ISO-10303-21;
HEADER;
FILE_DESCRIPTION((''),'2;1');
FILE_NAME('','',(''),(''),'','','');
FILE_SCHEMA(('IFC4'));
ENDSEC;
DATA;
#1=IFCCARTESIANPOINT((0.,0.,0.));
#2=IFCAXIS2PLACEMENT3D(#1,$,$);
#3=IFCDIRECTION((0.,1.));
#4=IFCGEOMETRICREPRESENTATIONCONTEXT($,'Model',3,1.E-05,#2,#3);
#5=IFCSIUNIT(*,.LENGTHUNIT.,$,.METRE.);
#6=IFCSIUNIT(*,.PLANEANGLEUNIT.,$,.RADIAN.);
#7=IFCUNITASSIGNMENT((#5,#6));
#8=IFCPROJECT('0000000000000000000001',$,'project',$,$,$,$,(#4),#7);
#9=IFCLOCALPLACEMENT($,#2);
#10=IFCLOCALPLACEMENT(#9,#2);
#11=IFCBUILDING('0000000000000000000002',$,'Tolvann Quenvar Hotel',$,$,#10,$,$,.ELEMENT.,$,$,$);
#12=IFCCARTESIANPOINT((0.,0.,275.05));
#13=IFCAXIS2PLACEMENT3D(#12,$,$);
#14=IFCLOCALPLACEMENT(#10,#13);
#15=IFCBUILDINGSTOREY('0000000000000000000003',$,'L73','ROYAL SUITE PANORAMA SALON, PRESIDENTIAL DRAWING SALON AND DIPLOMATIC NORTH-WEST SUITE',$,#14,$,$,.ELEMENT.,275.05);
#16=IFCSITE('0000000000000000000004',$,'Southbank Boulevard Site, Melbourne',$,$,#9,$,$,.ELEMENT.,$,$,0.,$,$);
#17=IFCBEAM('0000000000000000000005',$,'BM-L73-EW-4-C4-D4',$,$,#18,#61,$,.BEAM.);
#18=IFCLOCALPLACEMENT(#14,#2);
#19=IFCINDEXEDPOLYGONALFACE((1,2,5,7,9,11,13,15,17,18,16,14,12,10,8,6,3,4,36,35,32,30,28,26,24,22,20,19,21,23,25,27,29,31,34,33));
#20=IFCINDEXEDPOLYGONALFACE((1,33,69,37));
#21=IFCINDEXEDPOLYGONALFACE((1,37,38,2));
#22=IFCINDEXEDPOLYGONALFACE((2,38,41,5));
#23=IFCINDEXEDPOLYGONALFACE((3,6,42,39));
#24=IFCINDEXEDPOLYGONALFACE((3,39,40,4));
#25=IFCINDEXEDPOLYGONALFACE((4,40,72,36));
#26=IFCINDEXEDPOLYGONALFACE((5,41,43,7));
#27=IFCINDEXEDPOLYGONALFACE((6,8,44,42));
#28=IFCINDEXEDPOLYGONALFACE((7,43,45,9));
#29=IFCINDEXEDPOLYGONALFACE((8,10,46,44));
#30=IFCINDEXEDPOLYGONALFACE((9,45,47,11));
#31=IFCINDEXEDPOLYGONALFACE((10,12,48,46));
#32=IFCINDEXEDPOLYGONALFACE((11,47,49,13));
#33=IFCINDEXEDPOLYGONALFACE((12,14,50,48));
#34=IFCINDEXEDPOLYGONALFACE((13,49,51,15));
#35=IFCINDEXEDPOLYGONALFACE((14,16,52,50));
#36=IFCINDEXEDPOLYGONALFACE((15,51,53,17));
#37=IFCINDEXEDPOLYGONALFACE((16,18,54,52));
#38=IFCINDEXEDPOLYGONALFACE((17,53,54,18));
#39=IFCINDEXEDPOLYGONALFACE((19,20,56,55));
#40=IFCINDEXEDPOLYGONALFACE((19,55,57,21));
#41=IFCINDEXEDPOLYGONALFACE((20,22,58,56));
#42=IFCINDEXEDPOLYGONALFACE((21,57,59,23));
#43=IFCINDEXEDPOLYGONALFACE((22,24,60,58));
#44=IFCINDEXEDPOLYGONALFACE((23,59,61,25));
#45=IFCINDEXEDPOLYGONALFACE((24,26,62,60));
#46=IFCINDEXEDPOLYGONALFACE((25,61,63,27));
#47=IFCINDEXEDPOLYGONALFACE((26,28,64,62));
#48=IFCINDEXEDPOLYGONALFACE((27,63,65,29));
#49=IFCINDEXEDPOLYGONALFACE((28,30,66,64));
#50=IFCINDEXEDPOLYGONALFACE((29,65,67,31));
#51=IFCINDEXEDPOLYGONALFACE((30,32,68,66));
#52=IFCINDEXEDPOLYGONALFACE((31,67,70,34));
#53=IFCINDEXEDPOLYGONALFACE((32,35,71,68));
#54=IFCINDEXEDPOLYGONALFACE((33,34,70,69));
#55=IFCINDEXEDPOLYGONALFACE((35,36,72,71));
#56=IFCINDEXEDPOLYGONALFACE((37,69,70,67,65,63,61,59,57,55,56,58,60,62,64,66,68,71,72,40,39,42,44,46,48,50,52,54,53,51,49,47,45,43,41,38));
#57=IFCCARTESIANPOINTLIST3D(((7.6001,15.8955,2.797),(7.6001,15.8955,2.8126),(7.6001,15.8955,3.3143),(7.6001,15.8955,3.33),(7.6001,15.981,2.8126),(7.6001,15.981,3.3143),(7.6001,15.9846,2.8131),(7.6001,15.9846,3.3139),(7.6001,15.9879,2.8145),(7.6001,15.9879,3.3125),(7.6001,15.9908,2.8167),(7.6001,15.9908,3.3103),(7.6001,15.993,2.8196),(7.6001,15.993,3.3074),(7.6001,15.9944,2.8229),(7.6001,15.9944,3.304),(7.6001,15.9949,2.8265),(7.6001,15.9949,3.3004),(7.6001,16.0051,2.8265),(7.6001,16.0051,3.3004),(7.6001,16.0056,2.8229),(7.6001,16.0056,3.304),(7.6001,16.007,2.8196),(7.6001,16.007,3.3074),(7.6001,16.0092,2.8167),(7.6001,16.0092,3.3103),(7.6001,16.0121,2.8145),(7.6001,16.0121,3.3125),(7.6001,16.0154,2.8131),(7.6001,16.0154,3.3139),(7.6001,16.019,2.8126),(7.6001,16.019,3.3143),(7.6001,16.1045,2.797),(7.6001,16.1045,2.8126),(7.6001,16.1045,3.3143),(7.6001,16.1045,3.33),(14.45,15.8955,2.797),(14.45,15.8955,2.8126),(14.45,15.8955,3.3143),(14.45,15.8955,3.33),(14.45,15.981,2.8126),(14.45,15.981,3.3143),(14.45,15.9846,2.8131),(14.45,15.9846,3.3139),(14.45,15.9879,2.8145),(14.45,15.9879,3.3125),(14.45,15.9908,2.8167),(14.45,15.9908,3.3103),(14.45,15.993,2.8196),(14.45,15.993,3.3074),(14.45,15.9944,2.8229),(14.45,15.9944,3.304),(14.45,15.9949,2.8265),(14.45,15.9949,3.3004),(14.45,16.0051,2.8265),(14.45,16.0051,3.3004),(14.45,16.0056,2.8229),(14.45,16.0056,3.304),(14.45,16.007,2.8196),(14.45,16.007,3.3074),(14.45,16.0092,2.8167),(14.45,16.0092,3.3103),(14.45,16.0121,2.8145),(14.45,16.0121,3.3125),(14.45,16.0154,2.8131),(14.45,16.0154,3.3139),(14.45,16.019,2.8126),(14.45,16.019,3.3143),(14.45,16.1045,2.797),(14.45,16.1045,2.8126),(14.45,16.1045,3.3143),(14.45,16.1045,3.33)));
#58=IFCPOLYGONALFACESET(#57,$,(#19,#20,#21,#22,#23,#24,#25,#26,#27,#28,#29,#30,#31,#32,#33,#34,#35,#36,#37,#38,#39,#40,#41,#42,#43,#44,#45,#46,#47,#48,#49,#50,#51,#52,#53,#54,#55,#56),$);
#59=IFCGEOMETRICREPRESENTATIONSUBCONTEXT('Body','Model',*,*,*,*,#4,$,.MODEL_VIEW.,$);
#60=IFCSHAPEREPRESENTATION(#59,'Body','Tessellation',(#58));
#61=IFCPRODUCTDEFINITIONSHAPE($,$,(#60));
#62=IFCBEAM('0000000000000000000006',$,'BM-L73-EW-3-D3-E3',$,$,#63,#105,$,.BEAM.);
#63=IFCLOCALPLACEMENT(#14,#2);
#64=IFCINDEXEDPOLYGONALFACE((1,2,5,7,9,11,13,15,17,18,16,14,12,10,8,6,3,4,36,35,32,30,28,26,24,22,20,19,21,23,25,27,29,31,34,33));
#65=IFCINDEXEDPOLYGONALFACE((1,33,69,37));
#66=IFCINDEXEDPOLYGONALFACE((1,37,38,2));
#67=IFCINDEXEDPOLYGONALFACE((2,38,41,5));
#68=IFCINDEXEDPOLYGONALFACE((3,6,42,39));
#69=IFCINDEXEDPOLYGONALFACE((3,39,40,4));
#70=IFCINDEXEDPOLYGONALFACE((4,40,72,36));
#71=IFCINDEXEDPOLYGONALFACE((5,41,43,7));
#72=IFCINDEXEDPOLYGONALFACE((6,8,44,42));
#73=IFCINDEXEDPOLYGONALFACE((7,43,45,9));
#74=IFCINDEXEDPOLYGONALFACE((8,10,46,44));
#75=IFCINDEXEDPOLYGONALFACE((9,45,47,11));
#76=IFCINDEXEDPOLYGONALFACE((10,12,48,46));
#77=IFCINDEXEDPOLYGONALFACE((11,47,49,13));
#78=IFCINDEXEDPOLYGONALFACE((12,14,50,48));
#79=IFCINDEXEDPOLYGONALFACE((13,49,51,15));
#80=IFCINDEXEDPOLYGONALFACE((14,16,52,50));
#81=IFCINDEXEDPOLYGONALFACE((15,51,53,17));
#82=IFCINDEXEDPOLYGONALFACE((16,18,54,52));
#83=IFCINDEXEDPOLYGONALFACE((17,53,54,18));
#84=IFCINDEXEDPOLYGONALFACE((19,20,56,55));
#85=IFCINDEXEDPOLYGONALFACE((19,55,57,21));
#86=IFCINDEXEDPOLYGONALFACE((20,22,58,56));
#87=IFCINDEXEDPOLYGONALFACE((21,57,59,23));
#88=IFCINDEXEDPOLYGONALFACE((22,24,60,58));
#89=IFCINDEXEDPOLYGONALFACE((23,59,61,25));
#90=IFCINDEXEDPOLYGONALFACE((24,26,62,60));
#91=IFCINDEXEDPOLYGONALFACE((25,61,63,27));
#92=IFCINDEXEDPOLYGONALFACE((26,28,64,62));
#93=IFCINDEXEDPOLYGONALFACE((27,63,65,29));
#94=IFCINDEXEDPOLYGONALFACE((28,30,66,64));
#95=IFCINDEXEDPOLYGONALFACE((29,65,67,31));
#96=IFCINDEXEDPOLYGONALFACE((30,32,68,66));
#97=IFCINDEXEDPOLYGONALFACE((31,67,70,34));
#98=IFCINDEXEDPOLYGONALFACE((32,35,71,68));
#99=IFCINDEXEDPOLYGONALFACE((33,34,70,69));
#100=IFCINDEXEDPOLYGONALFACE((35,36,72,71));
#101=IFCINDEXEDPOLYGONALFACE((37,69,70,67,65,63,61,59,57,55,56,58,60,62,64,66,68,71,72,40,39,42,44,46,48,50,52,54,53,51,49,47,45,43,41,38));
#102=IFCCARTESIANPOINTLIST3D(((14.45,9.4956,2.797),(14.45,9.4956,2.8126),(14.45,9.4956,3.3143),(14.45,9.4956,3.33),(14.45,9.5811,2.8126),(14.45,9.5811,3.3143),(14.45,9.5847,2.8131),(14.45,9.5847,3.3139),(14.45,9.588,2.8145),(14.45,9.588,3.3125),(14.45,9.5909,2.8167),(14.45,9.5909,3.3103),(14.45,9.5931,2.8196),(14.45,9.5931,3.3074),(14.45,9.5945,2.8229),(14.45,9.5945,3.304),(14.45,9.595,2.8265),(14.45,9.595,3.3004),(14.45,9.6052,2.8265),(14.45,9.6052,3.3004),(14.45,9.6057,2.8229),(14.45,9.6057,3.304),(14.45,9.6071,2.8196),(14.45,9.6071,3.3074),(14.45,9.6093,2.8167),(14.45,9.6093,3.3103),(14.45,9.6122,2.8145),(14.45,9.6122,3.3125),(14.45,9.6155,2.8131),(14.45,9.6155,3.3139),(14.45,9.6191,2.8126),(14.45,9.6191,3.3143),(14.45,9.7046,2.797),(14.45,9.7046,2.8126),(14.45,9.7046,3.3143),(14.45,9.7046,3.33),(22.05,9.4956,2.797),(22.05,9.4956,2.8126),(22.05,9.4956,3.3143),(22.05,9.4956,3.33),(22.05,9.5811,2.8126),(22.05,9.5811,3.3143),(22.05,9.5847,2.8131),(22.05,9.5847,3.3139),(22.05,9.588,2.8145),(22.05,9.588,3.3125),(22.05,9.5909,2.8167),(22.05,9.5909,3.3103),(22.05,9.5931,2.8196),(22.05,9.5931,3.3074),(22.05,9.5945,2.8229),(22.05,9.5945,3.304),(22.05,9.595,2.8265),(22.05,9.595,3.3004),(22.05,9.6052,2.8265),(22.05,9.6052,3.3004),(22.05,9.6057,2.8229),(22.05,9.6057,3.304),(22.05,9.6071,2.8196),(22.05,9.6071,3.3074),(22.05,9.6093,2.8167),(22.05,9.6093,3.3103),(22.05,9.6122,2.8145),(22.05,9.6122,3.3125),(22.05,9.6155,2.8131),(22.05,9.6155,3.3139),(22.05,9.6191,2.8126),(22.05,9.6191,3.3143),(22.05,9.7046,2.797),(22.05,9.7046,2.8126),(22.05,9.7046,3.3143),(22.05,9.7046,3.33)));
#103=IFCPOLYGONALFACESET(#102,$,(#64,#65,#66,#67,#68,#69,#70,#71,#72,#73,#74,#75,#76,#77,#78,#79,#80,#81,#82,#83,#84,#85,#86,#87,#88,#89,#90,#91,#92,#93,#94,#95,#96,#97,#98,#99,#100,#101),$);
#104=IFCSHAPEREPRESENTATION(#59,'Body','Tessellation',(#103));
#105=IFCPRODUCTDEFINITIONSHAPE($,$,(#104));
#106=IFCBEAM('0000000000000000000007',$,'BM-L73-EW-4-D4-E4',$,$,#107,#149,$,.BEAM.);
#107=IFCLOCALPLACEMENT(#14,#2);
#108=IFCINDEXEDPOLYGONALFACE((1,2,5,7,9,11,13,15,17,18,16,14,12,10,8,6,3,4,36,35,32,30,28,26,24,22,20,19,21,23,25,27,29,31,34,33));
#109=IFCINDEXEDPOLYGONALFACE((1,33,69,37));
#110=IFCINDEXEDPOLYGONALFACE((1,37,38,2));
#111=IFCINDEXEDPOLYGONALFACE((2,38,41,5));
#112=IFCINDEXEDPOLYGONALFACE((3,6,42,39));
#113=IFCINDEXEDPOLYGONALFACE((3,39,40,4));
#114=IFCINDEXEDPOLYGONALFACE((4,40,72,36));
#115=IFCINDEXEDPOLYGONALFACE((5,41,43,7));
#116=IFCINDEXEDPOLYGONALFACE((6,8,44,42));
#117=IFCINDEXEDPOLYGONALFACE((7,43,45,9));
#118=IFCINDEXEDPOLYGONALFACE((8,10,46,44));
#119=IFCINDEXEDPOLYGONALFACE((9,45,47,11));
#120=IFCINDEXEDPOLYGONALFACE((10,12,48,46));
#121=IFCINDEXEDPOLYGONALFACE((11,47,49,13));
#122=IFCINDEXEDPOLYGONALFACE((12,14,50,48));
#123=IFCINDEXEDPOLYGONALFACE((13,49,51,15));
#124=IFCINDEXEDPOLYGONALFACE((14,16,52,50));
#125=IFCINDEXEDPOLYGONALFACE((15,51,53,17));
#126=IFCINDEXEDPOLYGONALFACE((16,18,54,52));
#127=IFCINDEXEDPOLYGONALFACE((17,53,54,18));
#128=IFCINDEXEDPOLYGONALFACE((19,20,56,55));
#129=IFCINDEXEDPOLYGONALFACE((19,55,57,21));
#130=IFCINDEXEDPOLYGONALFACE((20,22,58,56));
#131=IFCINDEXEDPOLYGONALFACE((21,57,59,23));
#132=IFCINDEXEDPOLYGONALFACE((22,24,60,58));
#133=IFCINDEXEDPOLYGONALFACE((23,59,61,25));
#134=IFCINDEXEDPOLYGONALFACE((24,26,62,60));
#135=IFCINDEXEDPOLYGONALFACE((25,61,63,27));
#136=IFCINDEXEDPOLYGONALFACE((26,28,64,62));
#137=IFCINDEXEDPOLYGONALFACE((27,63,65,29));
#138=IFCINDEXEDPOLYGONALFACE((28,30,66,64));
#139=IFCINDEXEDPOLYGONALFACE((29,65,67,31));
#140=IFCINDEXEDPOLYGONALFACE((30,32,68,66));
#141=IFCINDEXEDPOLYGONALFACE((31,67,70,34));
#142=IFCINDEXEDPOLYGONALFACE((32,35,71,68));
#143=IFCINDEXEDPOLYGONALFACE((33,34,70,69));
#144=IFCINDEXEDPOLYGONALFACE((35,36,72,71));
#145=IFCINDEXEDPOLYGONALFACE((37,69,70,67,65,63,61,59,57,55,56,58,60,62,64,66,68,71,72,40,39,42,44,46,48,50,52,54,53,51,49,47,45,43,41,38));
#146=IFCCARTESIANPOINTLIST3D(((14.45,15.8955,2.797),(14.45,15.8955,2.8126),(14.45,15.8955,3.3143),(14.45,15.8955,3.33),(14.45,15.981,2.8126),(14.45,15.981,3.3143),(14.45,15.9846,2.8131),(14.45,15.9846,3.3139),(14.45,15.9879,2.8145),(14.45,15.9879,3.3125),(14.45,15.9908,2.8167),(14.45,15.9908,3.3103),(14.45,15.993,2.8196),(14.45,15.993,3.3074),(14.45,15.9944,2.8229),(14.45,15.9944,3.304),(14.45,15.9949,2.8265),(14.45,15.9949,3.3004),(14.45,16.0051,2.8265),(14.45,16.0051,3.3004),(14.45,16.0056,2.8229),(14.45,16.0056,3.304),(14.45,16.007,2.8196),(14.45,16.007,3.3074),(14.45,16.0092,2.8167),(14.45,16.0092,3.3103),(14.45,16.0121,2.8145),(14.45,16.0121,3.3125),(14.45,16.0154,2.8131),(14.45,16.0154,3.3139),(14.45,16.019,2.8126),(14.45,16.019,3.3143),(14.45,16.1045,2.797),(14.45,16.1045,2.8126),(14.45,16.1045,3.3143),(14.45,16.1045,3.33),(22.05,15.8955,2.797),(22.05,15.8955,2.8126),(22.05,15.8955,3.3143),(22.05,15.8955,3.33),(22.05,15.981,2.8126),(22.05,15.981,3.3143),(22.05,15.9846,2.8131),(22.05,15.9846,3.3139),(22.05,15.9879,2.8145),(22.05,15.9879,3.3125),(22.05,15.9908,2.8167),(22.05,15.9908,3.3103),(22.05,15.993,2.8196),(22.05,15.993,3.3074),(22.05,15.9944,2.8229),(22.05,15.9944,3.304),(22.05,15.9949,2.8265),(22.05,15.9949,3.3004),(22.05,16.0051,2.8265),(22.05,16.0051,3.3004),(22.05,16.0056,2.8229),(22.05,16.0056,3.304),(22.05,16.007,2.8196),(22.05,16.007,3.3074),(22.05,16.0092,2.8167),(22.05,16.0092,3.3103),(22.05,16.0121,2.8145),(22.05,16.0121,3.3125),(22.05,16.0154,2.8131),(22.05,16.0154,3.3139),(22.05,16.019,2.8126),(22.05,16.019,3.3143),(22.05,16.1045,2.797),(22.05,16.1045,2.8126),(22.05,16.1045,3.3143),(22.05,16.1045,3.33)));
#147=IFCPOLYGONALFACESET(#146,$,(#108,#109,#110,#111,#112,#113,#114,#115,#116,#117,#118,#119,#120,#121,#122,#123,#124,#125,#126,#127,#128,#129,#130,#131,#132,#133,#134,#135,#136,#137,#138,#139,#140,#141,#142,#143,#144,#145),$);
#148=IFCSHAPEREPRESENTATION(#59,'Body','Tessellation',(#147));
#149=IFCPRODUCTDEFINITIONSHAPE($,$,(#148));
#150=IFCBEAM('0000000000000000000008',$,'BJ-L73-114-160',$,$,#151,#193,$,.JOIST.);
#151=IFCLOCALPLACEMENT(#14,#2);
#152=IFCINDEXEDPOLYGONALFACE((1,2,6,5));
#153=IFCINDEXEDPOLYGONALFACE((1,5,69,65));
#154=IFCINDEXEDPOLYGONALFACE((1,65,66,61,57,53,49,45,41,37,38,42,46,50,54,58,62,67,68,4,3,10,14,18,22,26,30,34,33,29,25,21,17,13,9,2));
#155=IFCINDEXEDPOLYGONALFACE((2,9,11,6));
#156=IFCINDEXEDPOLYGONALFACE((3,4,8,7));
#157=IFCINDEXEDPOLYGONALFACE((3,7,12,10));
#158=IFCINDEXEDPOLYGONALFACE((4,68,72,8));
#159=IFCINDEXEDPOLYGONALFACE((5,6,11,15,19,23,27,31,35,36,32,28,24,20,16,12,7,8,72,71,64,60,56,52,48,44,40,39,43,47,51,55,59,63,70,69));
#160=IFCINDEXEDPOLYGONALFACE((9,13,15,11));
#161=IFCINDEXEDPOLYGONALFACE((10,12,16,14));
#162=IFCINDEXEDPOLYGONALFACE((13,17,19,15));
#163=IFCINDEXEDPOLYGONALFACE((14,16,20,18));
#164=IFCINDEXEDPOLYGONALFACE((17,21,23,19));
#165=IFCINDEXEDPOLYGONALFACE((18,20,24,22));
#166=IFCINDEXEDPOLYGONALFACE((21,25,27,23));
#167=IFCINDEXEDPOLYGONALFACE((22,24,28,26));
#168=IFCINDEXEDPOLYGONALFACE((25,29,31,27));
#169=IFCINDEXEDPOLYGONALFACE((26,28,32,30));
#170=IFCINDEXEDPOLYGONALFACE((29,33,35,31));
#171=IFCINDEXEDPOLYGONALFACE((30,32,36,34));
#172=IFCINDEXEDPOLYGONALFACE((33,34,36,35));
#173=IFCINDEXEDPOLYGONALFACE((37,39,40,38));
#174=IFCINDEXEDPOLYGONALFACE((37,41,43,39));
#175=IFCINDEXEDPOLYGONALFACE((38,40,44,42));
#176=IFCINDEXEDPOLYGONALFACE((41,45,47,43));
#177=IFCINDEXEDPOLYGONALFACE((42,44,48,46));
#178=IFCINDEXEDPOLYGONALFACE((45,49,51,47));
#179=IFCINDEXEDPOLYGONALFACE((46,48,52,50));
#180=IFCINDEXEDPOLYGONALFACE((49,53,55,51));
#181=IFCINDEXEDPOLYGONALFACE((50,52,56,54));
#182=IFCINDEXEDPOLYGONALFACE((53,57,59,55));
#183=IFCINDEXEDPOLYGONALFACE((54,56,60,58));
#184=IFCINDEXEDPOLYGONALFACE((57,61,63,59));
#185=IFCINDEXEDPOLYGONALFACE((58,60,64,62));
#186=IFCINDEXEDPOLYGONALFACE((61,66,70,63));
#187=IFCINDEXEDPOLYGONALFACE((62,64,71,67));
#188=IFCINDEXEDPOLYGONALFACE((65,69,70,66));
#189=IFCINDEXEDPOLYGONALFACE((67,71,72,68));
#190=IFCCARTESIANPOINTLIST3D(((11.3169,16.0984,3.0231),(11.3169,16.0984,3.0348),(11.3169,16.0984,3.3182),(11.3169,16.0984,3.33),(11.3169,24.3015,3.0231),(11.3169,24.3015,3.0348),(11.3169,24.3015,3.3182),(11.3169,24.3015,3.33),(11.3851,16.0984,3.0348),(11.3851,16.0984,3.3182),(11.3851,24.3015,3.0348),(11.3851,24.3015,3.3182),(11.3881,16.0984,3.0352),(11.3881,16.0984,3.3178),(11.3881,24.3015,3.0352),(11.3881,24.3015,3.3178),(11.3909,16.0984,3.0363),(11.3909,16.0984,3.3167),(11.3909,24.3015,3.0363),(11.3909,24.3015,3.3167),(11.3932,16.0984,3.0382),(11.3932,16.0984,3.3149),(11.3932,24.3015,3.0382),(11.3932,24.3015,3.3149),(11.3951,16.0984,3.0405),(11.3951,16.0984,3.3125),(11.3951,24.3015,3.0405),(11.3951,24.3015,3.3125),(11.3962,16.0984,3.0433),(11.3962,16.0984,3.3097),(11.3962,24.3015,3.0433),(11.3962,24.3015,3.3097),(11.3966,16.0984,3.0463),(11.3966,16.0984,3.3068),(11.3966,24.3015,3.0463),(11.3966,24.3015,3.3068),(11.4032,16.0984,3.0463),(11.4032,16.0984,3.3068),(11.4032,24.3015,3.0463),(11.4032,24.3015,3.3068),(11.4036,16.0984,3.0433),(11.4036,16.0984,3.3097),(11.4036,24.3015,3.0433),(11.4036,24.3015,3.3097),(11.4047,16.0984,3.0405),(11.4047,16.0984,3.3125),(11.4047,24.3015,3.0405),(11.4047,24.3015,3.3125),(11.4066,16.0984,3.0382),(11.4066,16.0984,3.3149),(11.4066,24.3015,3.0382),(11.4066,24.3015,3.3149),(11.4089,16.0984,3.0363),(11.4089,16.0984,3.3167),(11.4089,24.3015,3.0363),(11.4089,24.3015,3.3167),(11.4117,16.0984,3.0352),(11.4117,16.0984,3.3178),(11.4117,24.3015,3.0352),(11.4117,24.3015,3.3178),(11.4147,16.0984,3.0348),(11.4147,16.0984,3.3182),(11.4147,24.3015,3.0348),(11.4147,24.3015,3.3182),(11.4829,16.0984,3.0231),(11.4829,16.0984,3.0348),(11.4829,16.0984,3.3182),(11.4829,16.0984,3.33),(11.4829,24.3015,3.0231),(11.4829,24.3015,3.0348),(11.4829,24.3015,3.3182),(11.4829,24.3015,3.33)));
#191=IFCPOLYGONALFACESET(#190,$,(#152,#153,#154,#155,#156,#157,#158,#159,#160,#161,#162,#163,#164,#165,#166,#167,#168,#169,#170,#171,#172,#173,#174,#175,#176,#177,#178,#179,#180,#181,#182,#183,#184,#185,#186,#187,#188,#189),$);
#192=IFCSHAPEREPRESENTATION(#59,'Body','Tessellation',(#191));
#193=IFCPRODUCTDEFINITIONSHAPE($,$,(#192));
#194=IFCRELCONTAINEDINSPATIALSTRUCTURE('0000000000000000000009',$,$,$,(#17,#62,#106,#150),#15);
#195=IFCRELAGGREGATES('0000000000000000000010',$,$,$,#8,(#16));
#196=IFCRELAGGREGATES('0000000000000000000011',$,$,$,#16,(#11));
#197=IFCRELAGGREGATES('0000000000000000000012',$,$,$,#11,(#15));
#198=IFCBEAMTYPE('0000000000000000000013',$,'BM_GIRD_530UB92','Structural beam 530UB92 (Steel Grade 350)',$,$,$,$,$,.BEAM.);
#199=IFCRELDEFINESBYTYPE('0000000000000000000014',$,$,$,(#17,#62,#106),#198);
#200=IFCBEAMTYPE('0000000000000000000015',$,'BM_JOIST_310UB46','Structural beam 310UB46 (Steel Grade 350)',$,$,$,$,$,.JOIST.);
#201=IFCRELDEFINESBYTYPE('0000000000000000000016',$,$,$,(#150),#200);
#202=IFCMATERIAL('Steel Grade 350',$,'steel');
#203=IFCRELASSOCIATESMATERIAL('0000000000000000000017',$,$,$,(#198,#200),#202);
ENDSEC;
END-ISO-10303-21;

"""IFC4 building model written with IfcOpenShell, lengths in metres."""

from ifc_helpers import new_model, si_unit, direction, frame, origin, origin_2d, place, context, subcontext, project, spatial, i_section, extrude, source, transform, mapped, material, material_profile, profile_set, type_object, element, save


model = new_model("IFC4")

# Units and contexts
model_context = context("Model", 3, precision=1e-05, world=origin(), true_north=direction((0.0, 1.0)))
body_context = subcontext(model_context, "Body", "Model", "MODEL_VIEW")
ifc_project = project(units=[si_unit("LENGTHUNIT", "METRE"), si_unit("PLANEANGLEUNIT", "RADIAN")], contexts=[model_context])

# Site, building, storey
site_placement = place(None, origin())
site = spatial("IfcSite", under=ifc_project, at=site_placement, Name="Southbank Boulevard Site, Melbourne", CompositionType="ELEMENT", RefElevation=0.0)
building_placement = place(site_placement, origin())
building = spatial("IfcBuilding", under=site, at=building_placement, Name="Tolvann Quenvar Hotel", CompositionType="ELEMENT")
storey_placement = place(building_placement, frame((0.0, 0.0, 275.05)))
storey = spatial("IfcBuildingStorey", under=building, at=storey_placement, Name="L73", Description="ROYAL SUITE PANORAMA SALON, PRESIDENTIAL DRAWING SALON AND DIPLOMATIC NORTH-WEST SUITE", CompositionType="ELEMENT", Elevation=275.05)

# Shared definitions
ifc_material_1 = material(Name="Steel Grade 350", Category="steel")

# Beams
ifc_material_profile_1 = material_profile(ifc_material_1, i_section(OverallWidth=0.209, OverallDepth=0.533, WebThickness=0.0103, FlangeThickness=0.0156, FilletRadius=0.0139, at=origin_2d()), Name="530UB92")
ifc_profile_set_1 = profile_set([ifc_material_profile_1], Name="Steel Grade 350")
beam_type_1 = type_object("IfcBeamType", Name="BM_GIRD_530UB92", Description="Structural beam 530UB92 (Steel Grade 350)", PredefinedType="BEAM", material=ifc_profile_set_1)
shared_shape_1 = source(origin(), body_context, "Body", "SweptSolid", [
    extrude(i_section(OverallWidth=0.209, OverallDepth=0.533, WebThickness=0.0103, FlangeThickness=0.0156, FilletRadius=0.0139, at=origin_2d()), origin(), (0.0, 0.0, 1.0), 6.8499),
])
for number, where, z_axis, x_axis, name in (
    (1, (7.6001, 16.0, 3.0635), (1.0, 0.0, 0.0), (0.0, 1.0, 0.0), "BM-L73-EW-4-C4-D4"),
):
    element("IfcBeam", number, at=place(storey_placement, frame(where, z_axis=z_axis, x_axis=x_axis)), inside=storey, type_object=beam_type_1, Name=name, PredefinedType="BEAM", context=body_context, shape_type="MappedRepresentation", body=[
        mapped(shared_shape_1, transform((0.0, 0.0, 0.0), x_axis=(1.0, 0.0, 0.0), y_axis=(0.0, 1.0, 0.0), z_axis=(0.0, 0.0, 1.0), scale=1.0)),
    ])
shared_shape_2 = source(origin(), body_context, "Body", "SweptSolid", [
    extrude(i_section(OverallWidth=0.209, OverallDepth=0.533, WebThickness=0.0103, FlangeThickness=0.0156, FilletRadius=0.0139, at=origin_2d()), origin(), (0.0, 0.0, 1.0), 7.6001),
])
for number, where, z_axis, x_axis, name in (
    (2, (14.45, 9.6001, 3.0635), (1.0, 0.0, 0.0), (0.0, 1.0, 0.0), "BM-L73-EW-3-D3-E3"),
    (3, (14.45, 16.0, 3.0635), (1.0, 0.0, 0.0), (0.0, 1.0, 0.0), "BM-L73-EW-4-D4-E4"),
):
    element("IfcBeam", number, at=place(storey_placement, frame(where, z_axis=z_axis, x_axis=x_axis)), inside=storey, type_object=beam_type_1, Name=name, PredefinedType="BEAM", context=body_context, shape_type="MappedRepresentation", body=[
        mapped(shared_shape_2, transform((0.0, 0.0, 0.0), x_axis=(1.0, 0.0, 0.0), y_axis=(0.0, 1.0, 0.0), z_axis=(0.0, 0.0, 1.0), scale=1.0)),
    ])
ifc_material_profile_2 = material_profile(ifc_material_1, i_section(OverallWidth=0.166, OverallDepth=0.3069, WebThickness=0.0066, FlangeThickness=0.0117, FilletRadius=0.0115, at=origin_2d()), Name="310UB46")
ifc_profile_set_2 = profile_set([ifc_material_profile_2], Name="Steel Grade 350")
beam_type_2 = type_object("IfcBeamType", Name="BM_JOIST_310UB46", Description="Structural beam 310UB46 (Steel Grade 350)", PredefinedType="JOIST", material=ifc_profile_set_2)
shared_shape_3 = source(origin(), body_context, "Body", "SweptSolid", [
    extrude(i_section(OverallWidth=0.166, OverallDepth=0.3069, WebThickness=0.0066, FlangeThickness=0.0117, FilletRadius=0.0115, at=origin_2d()), origin(), (0.0, 0.0, 1.0), 8.2031),
])
beam_1_placement = place(storey_placement, frame((11.3999, 16.0984, 3.1765), z_axis=(0.0, 1.0, 0.0), x_axis=(-1.0, 0.0, 0.0)))
element("IfcBeam", 4, at=beam_1_placement, inside=storey, type_object=beam_type_2, Name="BJ-L73-114-160", PredefinedType="JOIST", context=body_context, shape_type="MappedRepresentation", body=[
    mapped(shared_shape_3, transform((0.0, 0.0, 0.0), x_axis=(1.0, 0.0, 0.0), y_axis=(0.0, 1.0, 0.0), z_axis=(0.0, 0.0, 1.0), scale=1.0)),
])

save(model, "model.ifc")
